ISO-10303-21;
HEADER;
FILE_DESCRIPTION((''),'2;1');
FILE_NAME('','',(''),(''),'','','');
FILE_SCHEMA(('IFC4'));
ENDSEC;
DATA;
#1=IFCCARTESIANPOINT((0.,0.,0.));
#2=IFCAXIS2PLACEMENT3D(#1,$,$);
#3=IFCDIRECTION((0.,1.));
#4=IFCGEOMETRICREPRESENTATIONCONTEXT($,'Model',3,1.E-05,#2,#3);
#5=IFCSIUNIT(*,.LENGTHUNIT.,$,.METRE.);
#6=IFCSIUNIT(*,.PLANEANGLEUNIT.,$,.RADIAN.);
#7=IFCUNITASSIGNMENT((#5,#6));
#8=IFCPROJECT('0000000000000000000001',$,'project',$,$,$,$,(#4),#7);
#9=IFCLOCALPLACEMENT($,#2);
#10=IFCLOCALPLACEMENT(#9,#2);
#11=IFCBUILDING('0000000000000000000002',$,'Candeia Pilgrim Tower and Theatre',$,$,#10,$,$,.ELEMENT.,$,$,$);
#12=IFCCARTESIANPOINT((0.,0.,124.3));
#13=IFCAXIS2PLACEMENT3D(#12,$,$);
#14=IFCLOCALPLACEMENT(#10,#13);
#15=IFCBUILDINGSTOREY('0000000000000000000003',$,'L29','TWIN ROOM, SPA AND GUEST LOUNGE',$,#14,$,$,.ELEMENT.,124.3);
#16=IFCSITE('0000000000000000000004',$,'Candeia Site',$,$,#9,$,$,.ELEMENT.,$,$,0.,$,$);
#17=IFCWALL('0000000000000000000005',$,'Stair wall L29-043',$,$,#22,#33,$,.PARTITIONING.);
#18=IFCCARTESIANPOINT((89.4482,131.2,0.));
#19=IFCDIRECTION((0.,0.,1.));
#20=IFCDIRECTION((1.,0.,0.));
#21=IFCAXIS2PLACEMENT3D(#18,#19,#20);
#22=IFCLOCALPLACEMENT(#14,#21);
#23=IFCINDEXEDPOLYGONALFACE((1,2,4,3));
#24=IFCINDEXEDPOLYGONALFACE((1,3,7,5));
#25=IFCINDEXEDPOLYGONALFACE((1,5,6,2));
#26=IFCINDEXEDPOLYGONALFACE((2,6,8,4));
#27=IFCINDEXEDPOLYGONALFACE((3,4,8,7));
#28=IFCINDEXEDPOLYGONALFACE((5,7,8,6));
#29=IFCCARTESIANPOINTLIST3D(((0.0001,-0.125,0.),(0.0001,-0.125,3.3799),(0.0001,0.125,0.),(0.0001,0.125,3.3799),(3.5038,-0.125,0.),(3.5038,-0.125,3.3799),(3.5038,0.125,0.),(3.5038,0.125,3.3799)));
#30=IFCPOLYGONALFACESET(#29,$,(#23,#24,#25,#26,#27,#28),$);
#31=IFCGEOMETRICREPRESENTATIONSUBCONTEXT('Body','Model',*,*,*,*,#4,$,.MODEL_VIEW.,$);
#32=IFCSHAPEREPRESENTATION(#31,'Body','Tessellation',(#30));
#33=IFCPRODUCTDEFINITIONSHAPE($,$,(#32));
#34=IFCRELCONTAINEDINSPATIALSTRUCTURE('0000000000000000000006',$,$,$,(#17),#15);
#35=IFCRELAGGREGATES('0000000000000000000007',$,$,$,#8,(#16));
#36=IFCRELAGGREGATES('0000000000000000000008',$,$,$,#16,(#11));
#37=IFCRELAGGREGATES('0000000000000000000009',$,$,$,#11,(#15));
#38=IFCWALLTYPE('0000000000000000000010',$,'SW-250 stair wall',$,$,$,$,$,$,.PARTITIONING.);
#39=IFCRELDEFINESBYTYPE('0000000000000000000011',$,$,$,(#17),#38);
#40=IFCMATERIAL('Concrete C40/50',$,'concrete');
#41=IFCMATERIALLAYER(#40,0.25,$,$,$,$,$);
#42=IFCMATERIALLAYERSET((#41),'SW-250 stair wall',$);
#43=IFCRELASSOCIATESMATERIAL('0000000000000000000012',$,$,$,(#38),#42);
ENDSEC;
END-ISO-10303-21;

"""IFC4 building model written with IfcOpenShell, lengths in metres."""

from ifc_helpers import new_model, si_unit, direction, frame, frame_2d, origin, place, context, subcontext, project, spatial, rectangle, extrude, material, layer, layer_set, type_object, element, save


model = new_model("IFC4")

# Units and contexts
model_context = context("Model", 3, precision=1e-05, world=origin(), true_north=direction((0.0, 1.0)))
body_context = subcontext(model_context, "Body", "Model", "MODEL_VIEW")
ifc_project = project(units=[si_unit("LENGTHUNIT", "METRE"), si_unit("PLANEANGLEUNIT", "RADIAN")], contexts=[model_context])

# Site, building, storey
site_placement = place(None, origin())
site = spatial("IfcSite", under=ifc_project, at=site_placement, Name="Candeia Site", CompositionType="ELEMENT", RefElevation=0.0)
building_placement = place(site_placement, origin())
building = spatial("IfcBuilding", under=site, at=building_placement, Name="Candeia Pilgrim Tower and Theatre", CompositionType="ELEMENT")
storey_placement = place(building_placement, frame((0.0, 0.0, 124.3)))
storey = spatial("IfcBuildingStorey", under=building, at=storey_placement, Name="L29", Description="TWIN ROOM, SPA AND GUEST LOUNGE", CompositionType="ELEMENT", Elevation=124.3)

# Wall
ifc_material_1 = material(Name="Concrete C40/50", Category="concrete")
ifc_layer_1 = layer(ifc_material_1, 0.25)
ifc_layer_set_1 = layer_set([ifc_layer_1], Name="SW-250 stair wall")
wall_type_1 = type_object("IfcWallType", Name="SW-250 stair wall", PredefinedType="PARTITIONING", material=ifc_layer_set_1)
wall_1_placement = place(storey_placement, frame((89.4482, 131.2, 0.0), z_axis=(0.0, 0.0, 1.0), x_axis=(1.0, 0.0, 0.0)))
element("IfcWall", 1, at=wall_1_placement, inside=storey, type_object=wall_type_1, Name="Stair wall L29-043", PredefinedType="PARTITIONING", context=body_context, shape_type="SweptSolid", body=[
    extrude(rectangle(XDim=3.5037, YDim=0.25, at=frame_2d((1.752, 0.0))), origin(), (0.0, 0.0, 1.0), 3.3799),
])

save(model, "model.ifc")
